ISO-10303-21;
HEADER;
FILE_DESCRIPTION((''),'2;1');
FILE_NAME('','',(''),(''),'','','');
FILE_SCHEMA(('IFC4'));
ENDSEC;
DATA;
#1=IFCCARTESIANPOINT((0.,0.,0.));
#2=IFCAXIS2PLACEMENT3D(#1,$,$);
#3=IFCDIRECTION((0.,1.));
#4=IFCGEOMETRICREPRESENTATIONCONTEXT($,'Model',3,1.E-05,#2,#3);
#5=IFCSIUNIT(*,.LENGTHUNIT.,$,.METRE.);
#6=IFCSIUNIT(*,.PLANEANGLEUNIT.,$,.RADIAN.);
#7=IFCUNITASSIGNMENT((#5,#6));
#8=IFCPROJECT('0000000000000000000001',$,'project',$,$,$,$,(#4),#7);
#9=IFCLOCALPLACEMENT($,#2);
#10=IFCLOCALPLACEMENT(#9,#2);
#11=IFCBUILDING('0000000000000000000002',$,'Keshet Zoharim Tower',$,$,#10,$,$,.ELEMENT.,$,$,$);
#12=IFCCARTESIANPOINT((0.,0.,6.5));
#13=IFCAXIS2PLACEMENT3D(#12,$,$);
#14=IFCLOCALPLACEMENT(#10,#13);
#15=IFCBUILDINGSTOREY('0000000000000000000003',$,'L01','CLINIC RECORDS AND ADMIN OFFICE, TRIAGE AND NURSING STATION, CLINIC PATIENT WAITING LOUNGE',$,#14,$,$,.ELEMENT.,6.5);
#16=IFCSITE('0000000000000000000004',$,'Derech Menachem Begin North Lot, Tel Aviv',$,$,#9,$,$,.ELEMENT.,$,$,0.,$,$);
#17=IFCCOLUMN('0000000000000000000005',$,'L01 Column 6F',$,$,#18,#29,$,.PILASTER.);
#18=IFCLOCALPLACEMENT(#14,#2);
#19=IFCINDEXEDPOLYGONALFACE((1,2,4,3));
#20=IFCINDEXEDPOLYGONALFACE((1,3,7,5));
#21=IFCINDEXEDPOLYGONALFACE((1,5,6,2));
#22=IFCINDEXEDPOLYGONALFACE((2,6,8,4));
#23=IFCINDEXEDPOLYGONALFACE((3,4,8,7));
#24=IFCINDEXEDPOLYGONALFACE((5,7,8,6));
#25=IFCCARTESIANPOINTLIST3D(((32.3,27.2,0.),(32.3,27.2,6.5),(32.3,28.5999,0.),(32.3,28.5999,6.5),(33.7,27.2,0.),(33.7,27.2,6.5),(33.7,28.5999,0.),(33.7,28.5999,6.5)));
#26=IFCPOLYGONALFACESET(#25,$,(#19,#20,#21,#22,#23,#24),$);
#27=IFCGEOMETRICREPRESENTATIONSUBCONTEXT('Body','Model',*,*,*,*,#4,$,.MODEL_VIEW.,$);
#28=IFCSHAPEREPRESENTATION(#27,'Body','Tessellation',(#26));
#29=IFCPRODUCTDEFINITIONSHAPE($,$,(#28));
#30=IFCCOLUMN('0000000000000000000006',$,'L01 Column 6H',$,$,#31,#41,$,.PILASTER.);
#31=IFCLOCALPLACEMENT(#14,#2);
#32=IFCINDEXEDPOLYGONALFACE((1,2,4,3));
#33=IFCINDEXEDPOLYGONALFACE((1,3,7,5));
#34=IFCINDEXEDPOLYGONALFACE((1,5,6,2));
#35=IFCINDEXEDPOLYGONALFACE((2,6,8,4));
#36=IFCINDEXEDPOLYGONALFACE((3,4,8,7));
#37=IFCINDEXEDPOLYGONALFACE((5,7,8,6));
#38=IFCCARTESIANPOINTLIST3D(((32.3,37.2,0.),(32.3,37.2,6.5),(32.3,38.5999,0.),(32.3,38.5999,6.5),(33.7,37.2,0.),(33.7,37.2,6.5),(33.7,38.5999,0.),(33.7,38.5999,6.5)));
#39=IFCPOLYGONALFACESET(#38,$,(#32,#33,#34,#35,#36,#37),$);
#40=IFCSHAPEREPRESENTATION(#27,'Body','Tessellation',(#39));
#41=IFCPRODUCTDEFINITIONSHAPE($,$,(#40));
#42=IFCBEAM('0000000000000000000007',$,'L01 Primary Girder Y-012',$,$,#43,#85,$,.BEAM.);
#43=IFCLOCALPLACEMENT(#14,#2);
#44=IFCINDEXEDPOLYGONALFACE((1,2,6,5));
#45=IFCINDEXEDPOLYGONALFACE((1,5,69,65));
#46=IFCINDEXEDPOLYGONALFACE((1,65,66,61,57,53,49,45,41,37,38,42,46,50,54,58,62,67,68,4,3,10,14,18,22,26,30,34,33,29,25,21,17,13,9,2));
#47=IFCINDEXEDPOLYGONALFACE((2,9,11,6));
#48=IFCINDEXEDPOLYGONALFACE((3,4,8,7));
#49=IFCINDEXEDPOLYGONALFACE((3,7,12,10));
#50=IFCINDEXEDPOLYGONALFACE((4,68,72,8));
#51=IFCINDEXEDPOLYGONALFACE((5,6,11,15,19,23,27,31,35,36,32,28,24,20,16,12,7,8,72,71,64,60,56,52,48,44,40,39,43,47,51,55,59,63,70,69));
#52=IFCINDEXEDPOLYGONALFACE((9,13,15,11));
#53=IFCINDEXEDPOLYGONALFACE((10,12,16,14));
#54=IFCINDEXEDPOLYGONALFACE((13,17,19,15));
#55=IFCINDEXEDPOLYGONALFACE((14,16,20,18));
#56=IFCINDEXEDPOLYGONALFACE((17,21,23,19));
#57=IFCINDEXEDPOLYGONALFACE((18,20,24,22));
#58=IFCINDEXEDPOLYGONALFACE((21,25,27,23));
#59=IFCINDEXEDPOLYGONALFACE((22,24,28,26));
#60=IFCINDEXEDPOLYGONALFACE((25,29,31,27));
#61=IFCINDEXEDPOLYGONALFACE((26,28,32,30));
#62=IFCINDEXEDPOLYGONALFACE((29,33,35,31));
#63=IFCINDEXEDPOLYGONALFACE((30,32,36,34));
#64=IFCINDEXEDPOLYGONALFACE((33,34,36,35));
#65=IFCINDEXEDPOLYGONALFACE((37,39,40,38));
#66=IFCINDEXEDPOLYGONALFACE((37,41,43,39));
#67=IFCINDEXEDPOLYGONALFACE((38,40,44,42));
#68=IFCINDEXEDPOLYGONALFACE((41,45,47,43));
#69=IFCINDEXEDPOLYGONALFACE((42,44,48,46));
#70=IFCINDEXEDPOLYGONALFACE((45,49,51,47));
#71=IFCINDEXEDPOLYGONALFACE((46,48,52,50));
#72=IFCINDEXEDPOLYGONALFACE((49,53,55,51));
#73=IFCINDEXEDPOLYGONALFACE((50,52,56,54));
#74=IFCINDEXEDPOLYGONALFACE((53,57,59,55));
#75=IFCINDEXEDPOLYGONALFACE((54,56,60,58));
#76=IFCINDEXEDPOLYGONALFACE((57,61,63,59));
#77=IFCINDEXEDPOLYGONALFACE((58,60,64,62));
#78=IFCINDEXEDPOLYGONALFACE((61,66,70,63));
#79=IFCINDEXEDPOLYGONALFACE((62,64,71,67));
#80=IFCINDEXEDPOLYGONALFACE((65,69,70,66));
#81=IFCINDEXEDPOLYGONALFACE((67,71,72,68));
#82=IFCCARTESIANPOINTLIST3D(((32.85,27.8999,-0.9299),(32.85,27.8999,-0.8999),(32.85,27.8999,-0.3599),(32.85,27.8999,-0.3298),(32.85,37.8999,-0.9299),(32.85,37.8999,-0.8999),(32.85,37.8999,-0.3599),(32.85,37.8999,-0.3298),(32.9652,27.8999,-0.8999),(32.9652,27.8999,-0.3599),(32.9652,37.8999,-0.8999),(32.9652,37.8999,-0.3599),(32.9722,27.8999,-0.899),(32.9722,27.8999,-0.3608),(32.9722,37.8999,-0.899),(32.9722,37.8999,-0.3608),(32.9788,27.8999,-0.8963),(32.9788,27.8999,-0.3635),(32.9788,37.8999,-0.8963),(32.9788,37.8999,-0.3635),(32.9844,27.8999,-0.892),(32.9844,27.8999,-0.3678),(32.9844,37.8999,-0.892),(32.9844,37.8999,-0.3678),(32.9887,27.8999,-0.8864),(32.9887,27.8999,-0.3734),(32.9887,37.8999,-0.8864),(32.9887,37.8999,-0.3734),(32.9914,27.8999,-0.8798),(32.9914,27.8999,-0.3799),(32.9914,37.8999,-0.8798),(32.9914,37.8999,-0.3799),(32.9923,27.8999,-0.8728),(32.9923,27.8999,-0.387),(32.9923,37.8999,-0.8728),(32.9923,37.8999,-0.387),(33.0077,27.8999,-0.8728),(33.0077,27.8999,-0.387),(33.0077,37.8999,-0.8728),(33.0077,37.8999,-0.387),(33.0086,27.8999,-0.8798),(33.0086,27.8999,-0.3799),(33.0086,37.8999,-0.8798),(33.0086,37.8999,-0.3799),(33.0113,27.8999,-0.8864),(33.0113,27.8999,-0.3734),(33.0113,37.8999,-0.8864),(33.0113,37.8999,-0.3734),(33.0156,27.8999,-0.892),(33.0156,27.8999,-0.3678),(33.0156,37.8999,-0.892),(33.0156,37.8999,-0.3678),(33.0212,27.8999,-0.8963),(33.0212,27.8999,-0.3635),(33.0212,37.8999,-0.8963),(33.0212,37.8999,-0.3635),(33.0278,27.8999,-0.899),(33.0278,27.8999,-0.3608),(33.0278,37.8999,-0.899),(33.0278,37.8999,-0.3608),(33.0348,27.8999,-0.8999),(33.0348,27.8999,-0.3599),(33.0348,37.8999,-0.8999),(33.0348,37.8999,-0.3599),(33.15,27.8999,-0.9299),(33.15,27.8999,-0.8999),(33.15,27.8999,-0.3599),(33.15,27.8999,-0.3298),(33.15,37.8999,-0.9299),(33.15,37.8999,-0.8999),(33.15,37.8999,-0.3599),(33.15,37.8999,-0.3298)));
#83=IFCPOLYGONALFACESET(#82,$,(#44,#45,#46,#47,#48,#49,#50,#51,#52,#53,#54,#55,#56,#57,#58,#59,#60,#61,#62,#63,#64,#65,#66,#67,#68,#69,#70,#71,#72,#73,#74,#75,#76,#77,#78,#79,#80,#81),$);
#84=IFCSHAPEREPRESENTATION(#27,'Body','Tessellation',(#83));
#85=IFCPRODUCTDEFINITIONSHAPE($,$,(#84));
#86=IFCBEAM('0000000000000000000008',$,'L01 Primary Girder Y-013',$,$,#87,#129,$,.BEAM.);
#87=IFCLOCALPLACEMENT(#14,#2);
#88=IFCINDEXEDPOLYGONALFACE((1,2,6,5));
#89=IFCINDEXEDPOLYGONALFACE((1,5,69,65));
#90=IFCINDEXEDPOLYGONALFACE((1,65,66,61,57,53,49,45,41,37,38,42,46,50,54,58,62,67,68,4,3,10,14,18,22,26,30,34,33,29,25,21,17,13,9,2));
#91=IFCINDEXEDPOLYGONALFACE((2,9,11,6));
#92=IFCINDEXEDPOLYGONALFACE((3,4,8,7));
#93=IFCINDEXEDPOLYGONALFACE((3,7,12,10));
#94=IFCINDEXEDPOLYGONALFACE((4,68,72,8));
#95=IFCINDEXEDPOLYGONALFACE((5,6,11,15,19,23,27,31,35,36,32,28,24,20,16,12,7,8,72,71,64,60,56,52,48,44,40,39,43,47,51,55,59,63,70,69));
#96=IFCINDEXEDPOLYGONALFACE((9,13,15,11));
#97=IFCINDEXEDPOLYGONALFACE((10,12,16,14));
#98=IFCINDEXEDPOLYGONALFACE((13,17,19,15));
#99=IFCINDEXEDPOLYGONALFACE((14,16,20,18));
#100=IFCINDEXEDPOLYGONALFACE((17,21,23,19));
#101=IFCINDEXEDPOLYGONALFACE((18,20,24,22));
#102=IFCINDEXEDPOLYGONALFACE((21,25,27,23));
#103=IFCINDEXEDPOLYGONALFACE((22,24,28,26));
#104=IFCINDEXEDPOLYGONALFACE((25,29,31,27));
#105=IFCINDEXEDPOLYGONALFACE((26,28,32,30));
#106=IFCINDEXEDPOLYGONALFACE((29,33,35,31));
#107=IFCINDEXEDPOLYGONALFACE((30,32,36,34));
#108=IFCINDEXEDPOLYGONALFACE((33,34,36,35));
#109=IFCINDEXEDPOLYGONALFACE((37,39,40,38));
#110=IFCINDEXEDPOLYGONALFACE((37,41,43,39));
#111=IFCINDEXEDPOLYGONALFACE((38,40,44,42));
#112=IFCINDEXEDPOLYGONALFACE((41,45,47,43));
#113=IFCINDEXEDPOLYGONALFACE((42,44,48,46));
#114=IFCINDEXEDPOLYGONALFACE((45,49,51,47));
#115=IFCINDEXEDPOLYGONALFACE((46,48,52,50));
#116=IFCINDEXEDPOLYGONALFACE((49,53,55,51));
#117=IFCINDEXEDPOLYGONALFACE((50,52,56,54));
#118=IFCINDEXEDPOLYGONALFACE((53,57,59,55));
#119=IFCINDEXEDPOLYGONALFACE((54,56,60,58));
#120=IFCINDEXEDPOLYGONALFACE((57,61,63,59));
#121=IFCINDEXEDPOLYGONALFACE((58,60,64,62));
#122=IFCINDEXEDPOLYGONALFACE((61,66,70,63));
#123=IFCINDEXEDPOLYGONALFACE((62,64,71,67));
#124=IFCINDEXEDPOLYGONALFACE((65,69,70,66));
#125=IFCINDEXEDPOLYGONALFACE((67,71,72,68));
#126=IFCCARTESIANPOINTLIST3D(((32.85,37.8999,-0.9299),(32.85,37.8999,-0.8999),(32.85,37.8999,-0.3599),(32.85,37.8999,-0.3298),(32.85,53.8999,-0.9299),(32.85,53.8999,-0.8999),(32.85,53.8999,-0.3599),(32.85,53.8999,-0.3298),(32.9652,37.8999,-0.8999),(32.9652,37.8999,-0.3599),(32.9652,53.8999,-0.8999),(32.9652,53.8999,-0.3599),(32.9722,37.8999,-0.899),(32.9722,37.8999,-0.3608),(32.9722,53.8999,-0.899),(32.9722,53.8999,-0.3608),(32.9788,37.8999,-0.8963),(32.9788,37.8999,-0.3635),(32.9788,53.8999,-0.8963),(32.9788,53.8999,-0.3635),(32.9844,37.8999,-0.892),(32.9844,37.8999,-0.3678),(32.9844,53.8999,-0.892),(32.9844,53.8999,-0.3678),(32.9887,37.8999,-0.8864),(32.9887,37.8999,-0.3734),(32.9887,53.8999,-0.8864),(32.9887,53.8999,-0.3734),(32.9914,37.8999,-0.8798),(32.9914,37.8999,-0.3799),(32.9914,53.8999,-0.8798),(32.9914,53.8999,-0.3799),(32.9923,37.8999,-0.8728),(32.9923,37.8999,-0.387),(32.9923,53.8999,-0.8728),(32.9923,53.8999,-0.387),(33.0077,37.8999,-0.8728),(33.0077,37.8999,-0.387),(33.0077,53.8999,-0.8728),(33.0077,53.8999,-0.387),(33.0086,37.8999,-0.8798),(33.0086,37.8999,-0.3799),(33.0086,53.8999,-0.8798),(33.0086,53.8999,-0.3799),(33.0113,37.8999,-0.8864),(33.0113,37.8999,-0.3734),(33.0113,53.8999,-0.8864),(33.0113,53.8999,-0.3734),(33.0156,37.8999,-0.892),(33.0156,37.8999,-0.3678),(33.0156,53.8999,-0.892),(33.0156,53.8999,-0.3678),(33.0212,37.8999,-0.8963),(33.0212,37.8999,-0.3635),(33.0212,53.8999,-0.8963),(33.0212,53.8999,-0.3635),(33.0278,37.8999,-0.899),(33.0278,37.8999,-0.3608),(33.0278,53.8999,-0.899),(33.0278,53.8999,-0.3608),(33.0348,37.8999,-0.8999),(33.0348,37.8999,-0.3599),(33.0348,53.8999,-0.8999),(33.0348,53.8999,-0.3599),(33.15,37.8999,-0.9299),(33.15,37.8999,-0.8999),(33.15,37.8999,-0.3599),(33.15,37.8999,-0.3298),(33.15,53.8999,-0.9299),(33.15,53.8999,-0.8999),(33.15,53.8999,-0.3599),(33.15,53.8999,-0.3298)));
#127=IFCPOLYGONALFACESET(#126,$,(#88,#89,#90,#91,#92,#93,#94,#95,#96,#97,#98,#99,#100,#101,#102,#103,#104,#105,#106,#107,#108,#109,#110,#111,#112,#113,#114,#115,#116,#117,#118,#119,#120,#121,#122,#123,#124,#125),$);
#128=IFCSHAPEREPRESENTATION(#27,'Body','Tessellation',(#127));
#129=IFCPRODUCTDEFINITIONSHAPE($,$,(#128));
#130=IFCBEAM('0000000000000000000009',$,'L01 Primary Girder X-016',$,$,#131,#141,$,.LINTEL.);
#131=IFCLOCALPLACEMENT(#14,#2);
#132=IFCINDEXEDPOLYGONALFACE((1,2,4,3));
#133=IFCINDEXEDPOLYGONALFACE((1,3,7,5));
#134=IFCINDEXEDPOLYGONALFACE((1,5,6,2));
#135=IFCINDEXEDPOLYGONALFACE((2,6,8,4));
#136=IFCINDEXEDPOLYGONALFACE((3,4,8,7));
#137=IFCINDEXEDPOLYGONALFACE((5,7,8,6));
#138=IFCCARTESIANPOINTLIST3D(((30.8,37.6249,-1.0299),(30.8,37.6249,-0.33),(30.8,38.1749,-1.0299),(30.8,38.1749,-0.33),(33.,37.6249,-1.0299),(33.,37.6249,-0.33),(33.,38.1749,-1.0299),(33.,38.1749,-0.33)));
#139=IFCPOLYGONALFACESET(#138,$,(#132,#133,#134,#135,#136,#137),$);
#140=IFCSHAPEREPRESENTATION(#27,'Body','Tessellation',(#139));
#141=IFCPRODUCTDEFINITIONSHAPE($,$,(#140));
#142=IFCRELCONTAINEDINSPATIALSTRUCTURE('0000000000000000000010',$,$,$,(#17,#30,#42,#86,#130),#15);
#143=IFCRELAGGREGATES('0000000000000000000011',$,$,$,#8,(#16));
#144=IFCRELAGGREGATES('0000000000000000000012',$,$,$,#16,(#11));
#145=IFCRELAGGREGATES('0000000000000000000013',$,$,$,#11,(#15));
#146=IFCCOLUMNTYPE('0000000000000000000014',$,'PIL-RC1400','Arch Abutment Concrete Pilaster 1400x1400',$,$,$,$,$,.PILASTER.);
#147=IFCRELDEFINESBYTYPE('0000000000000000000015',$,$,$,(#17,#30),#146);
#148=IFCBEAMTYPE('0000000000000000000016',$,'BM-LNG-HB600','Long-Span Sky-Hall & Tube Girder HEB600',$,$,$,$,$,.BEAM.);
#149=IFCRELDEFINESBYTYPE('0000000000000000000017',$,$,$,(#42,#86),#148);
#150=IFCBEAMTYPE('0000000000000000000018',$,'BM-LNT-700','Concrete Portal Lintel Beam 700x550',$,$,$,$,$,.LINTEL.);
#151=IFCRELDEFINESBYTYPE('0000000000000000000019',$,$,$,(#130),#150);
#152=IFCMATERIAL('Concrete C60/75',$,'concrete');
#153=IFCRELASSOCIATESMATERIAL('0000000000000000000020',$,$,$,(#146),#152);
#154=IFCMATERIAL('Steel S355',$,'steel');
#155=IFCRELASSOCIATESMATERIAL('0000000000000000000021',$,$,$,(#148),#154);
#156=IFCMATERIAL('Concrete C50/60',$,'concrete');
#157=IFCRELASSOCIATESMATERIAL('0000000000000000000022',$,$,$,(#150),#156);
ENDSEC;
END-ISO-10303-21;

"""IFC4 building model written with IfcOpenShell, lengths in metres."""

from ifc_helpers import new_model, si_unit, direction, frame, origin, origin_2d, place, context, subcontext, project, spatial, rectangle, i_section, extrude, material, material_profile, profile_set, type_object, element, save


model = new_model("IFC4")

# Units and contexts
model_context = context("Model", 3, precision=1e-05, world=origin(), true_north=direction((0.0, 1.0)))
body_context = subcontext(model_context, "Body", "Model", "MODEL_VIEW")
ifc_project = project(units=[si_unit("LENGTHUNIT", "METRE"), si_unit("PLANEANGLEUNIT", "RADIAN")], contexts=[model_context])

# Site, building, storey
site_placement = place(None, origin())
site = spatial("IfcSite", under=ifc_project, at=site_placement, Name="Derech Menachem Begin North Lot, Tel Aviv", CompositionType="ELEMENT", RefElevation=0.0)
building_placement = place(site_placement, origin())
building = spatial("IfcBuilding", under=site, at=building_placement, Name="Keshet Zoharim Tower", CompositionType="ELEMENT")
storey_placement = place(building_placement, frame((0.0, 0.0, 6.5)))
storey = spatial("IfcBuildingStorey", under=building, at=storey_placement, Name="L01", Description="CLINIC RECORDS AND ADMIN OFFICE, TRIAGE AND NURSING STATION, CLINIC PATIENT WAITING LOUNGE", CompositionType="ELEMENT", Elevation=6.5)

# Columns
ifc_material_1 = material(Name="Concrete C60/75", Category="concrete")
ifc_material_profile_1 = material_profile(ifc_material_1, rectangle(XDim=1.3999, YDim=1.3999, at=origin_2d()), Name="RC1400x1400")
ifc_profile_set_1 = profile_set([ifc_material_profile_1], Name="Concrete C60/75")
column_type = type_object("IfcColumnType", Name="PIL-RC1400", Description="Arch Abutment Concrete Pilaster 1400x1400", PredefinedType="PILASTER", material=ifc_profile_set_1)
for number, where, z_axis, x_axis, name in (
    (1, (33.0, 27.8999, 0.0), (0.0, 0.0, 1.0), (1.0, 0.0, 0.0), "L01 Column 6F"),
    (2, (33.0, 37.8999, 0.0), (0.0, 0.0, 1.0), (1.0, 0.0, 0.0), "L01 Column 6H"),
):
    element("IfcColumn", number, at=place(storey_placement, frame(where, z_axis=z_axis, x_axis=x_axis)), inside=storey, type_object=column_type, Name=name, PredefinedType="PILASTER", context=body_context, shape_type="SweptSolid", body=[
        extrude(rectangle(XDim=1.3999, YDim=1.3999, at=origin_2d()), origin(), (0.0, 0.0, 1.0), 6.5),
    ])

# Beams
ifc_material_2 = material(Name="Steel S355", Category="steel")
ifc_material_profile_2 = material_profile(ifc_material_2, i_section(OverallWidth=0.3, OverallDepth=0.6001, WebThickness=0.0154, FlangeThickness=0.03, FilletRadius=0.0271, at=origin_2d()), Name="HEB600")
ifc_profile_set_2 = profile_set([ifc_material_profile_2], Name="Steel S355")
beam_type_1 = type_object("IfcBeamType", Name="BM-LNG-HB600", Description="Long-Span Sky-Hall & Tube Girder HEB600", PredefinedType="BEAM", material=ifc_profile_set_2)
beam_1_placement = place(storey_placement, frame((33.0, 27.8999, -0.6299), z_axis=(0.0, 1.0, 0.0), x_axis=(-1.0, 0.0, 0.0)))
element("IfcBeam", 3, at=beam_1_placement, inside=storey, type_object=beam_type_1, Name="L01 Primary Girder Y-012", PredefinedType="BEAM", context=body_context, shape_type="SweptSolid", body=[
    extrude(i_section(OverallWidth=0.3, OverallDepth=0.6001, WebThickness=0.0154, FlangeThickness=0.03, FilletRadius=0.0271, at=origin_2d()), origin(), (0.0, 0.0, 1.0), 10.0),
])
beam_2_placement = place(storey_placement, frame((33.0, 37.8999, -0.6299), z_axis=(0.0, 1.0, 0.0), x_axis=(-1.0, 0.0, 0.0)))
element("IfcBeam", 4, at=beam_2_placement, inside=storey, type_object=beam_type_1, Name="L01 Primary Girder Y-013", PredefinedType="BEAM", context=body_context, shape_type="SweptSolid", body=[
    extrude(i_section(OverallWidth=0.3, OverallDepth=0.6001, WebThickness=0.0154, FlangeThickness=0.03, FilletRadius=0.0271, at=origin_2d()), origin(), (0.0, 0.0, 1.0), 16.0),
])
ifc_material_3 = material(Name="Concrete C50/60", Category="concrete")
ifc_material_profile_3 = material_profile(ifc_material_3, rectangle(XDim=0.55, YDim=0.7, at=origin_2d()), Name="RC700x550")
ifc_profile_set_3 = profile_set([ifc_material_profile_3], Name="Concrete C50/60")
beam_type_2 = type_object("IfcBeamType", Name="BM-LNT-700", Description="Concrete Portal Lintel Beam 700x550", PredefinedType="LINTEL", material=ifc_profile_set_3)
beam_3_placement = place(storey_placement, frame((30.8, 37.8999, -0.6799), z_axis=(1.0, 0.0, 0.0), x_axis=(0.0, 1.0, 0.0)))
element("IfcBeam", 5, at=beam_3_placement, inside=storey, type_object=beam_type_2, Name="L01 Primary Girder X-016", PredefinedType="LINTEL", context=body_context, shape_type="SweptSolid", body=[
    extrude(rectangle(XDim=0.55, YDim=0.7, at=origin_2d()), origin(), (0.0, 0.0, 1.0), 2.2),
])

save(model, "model.ifc")
